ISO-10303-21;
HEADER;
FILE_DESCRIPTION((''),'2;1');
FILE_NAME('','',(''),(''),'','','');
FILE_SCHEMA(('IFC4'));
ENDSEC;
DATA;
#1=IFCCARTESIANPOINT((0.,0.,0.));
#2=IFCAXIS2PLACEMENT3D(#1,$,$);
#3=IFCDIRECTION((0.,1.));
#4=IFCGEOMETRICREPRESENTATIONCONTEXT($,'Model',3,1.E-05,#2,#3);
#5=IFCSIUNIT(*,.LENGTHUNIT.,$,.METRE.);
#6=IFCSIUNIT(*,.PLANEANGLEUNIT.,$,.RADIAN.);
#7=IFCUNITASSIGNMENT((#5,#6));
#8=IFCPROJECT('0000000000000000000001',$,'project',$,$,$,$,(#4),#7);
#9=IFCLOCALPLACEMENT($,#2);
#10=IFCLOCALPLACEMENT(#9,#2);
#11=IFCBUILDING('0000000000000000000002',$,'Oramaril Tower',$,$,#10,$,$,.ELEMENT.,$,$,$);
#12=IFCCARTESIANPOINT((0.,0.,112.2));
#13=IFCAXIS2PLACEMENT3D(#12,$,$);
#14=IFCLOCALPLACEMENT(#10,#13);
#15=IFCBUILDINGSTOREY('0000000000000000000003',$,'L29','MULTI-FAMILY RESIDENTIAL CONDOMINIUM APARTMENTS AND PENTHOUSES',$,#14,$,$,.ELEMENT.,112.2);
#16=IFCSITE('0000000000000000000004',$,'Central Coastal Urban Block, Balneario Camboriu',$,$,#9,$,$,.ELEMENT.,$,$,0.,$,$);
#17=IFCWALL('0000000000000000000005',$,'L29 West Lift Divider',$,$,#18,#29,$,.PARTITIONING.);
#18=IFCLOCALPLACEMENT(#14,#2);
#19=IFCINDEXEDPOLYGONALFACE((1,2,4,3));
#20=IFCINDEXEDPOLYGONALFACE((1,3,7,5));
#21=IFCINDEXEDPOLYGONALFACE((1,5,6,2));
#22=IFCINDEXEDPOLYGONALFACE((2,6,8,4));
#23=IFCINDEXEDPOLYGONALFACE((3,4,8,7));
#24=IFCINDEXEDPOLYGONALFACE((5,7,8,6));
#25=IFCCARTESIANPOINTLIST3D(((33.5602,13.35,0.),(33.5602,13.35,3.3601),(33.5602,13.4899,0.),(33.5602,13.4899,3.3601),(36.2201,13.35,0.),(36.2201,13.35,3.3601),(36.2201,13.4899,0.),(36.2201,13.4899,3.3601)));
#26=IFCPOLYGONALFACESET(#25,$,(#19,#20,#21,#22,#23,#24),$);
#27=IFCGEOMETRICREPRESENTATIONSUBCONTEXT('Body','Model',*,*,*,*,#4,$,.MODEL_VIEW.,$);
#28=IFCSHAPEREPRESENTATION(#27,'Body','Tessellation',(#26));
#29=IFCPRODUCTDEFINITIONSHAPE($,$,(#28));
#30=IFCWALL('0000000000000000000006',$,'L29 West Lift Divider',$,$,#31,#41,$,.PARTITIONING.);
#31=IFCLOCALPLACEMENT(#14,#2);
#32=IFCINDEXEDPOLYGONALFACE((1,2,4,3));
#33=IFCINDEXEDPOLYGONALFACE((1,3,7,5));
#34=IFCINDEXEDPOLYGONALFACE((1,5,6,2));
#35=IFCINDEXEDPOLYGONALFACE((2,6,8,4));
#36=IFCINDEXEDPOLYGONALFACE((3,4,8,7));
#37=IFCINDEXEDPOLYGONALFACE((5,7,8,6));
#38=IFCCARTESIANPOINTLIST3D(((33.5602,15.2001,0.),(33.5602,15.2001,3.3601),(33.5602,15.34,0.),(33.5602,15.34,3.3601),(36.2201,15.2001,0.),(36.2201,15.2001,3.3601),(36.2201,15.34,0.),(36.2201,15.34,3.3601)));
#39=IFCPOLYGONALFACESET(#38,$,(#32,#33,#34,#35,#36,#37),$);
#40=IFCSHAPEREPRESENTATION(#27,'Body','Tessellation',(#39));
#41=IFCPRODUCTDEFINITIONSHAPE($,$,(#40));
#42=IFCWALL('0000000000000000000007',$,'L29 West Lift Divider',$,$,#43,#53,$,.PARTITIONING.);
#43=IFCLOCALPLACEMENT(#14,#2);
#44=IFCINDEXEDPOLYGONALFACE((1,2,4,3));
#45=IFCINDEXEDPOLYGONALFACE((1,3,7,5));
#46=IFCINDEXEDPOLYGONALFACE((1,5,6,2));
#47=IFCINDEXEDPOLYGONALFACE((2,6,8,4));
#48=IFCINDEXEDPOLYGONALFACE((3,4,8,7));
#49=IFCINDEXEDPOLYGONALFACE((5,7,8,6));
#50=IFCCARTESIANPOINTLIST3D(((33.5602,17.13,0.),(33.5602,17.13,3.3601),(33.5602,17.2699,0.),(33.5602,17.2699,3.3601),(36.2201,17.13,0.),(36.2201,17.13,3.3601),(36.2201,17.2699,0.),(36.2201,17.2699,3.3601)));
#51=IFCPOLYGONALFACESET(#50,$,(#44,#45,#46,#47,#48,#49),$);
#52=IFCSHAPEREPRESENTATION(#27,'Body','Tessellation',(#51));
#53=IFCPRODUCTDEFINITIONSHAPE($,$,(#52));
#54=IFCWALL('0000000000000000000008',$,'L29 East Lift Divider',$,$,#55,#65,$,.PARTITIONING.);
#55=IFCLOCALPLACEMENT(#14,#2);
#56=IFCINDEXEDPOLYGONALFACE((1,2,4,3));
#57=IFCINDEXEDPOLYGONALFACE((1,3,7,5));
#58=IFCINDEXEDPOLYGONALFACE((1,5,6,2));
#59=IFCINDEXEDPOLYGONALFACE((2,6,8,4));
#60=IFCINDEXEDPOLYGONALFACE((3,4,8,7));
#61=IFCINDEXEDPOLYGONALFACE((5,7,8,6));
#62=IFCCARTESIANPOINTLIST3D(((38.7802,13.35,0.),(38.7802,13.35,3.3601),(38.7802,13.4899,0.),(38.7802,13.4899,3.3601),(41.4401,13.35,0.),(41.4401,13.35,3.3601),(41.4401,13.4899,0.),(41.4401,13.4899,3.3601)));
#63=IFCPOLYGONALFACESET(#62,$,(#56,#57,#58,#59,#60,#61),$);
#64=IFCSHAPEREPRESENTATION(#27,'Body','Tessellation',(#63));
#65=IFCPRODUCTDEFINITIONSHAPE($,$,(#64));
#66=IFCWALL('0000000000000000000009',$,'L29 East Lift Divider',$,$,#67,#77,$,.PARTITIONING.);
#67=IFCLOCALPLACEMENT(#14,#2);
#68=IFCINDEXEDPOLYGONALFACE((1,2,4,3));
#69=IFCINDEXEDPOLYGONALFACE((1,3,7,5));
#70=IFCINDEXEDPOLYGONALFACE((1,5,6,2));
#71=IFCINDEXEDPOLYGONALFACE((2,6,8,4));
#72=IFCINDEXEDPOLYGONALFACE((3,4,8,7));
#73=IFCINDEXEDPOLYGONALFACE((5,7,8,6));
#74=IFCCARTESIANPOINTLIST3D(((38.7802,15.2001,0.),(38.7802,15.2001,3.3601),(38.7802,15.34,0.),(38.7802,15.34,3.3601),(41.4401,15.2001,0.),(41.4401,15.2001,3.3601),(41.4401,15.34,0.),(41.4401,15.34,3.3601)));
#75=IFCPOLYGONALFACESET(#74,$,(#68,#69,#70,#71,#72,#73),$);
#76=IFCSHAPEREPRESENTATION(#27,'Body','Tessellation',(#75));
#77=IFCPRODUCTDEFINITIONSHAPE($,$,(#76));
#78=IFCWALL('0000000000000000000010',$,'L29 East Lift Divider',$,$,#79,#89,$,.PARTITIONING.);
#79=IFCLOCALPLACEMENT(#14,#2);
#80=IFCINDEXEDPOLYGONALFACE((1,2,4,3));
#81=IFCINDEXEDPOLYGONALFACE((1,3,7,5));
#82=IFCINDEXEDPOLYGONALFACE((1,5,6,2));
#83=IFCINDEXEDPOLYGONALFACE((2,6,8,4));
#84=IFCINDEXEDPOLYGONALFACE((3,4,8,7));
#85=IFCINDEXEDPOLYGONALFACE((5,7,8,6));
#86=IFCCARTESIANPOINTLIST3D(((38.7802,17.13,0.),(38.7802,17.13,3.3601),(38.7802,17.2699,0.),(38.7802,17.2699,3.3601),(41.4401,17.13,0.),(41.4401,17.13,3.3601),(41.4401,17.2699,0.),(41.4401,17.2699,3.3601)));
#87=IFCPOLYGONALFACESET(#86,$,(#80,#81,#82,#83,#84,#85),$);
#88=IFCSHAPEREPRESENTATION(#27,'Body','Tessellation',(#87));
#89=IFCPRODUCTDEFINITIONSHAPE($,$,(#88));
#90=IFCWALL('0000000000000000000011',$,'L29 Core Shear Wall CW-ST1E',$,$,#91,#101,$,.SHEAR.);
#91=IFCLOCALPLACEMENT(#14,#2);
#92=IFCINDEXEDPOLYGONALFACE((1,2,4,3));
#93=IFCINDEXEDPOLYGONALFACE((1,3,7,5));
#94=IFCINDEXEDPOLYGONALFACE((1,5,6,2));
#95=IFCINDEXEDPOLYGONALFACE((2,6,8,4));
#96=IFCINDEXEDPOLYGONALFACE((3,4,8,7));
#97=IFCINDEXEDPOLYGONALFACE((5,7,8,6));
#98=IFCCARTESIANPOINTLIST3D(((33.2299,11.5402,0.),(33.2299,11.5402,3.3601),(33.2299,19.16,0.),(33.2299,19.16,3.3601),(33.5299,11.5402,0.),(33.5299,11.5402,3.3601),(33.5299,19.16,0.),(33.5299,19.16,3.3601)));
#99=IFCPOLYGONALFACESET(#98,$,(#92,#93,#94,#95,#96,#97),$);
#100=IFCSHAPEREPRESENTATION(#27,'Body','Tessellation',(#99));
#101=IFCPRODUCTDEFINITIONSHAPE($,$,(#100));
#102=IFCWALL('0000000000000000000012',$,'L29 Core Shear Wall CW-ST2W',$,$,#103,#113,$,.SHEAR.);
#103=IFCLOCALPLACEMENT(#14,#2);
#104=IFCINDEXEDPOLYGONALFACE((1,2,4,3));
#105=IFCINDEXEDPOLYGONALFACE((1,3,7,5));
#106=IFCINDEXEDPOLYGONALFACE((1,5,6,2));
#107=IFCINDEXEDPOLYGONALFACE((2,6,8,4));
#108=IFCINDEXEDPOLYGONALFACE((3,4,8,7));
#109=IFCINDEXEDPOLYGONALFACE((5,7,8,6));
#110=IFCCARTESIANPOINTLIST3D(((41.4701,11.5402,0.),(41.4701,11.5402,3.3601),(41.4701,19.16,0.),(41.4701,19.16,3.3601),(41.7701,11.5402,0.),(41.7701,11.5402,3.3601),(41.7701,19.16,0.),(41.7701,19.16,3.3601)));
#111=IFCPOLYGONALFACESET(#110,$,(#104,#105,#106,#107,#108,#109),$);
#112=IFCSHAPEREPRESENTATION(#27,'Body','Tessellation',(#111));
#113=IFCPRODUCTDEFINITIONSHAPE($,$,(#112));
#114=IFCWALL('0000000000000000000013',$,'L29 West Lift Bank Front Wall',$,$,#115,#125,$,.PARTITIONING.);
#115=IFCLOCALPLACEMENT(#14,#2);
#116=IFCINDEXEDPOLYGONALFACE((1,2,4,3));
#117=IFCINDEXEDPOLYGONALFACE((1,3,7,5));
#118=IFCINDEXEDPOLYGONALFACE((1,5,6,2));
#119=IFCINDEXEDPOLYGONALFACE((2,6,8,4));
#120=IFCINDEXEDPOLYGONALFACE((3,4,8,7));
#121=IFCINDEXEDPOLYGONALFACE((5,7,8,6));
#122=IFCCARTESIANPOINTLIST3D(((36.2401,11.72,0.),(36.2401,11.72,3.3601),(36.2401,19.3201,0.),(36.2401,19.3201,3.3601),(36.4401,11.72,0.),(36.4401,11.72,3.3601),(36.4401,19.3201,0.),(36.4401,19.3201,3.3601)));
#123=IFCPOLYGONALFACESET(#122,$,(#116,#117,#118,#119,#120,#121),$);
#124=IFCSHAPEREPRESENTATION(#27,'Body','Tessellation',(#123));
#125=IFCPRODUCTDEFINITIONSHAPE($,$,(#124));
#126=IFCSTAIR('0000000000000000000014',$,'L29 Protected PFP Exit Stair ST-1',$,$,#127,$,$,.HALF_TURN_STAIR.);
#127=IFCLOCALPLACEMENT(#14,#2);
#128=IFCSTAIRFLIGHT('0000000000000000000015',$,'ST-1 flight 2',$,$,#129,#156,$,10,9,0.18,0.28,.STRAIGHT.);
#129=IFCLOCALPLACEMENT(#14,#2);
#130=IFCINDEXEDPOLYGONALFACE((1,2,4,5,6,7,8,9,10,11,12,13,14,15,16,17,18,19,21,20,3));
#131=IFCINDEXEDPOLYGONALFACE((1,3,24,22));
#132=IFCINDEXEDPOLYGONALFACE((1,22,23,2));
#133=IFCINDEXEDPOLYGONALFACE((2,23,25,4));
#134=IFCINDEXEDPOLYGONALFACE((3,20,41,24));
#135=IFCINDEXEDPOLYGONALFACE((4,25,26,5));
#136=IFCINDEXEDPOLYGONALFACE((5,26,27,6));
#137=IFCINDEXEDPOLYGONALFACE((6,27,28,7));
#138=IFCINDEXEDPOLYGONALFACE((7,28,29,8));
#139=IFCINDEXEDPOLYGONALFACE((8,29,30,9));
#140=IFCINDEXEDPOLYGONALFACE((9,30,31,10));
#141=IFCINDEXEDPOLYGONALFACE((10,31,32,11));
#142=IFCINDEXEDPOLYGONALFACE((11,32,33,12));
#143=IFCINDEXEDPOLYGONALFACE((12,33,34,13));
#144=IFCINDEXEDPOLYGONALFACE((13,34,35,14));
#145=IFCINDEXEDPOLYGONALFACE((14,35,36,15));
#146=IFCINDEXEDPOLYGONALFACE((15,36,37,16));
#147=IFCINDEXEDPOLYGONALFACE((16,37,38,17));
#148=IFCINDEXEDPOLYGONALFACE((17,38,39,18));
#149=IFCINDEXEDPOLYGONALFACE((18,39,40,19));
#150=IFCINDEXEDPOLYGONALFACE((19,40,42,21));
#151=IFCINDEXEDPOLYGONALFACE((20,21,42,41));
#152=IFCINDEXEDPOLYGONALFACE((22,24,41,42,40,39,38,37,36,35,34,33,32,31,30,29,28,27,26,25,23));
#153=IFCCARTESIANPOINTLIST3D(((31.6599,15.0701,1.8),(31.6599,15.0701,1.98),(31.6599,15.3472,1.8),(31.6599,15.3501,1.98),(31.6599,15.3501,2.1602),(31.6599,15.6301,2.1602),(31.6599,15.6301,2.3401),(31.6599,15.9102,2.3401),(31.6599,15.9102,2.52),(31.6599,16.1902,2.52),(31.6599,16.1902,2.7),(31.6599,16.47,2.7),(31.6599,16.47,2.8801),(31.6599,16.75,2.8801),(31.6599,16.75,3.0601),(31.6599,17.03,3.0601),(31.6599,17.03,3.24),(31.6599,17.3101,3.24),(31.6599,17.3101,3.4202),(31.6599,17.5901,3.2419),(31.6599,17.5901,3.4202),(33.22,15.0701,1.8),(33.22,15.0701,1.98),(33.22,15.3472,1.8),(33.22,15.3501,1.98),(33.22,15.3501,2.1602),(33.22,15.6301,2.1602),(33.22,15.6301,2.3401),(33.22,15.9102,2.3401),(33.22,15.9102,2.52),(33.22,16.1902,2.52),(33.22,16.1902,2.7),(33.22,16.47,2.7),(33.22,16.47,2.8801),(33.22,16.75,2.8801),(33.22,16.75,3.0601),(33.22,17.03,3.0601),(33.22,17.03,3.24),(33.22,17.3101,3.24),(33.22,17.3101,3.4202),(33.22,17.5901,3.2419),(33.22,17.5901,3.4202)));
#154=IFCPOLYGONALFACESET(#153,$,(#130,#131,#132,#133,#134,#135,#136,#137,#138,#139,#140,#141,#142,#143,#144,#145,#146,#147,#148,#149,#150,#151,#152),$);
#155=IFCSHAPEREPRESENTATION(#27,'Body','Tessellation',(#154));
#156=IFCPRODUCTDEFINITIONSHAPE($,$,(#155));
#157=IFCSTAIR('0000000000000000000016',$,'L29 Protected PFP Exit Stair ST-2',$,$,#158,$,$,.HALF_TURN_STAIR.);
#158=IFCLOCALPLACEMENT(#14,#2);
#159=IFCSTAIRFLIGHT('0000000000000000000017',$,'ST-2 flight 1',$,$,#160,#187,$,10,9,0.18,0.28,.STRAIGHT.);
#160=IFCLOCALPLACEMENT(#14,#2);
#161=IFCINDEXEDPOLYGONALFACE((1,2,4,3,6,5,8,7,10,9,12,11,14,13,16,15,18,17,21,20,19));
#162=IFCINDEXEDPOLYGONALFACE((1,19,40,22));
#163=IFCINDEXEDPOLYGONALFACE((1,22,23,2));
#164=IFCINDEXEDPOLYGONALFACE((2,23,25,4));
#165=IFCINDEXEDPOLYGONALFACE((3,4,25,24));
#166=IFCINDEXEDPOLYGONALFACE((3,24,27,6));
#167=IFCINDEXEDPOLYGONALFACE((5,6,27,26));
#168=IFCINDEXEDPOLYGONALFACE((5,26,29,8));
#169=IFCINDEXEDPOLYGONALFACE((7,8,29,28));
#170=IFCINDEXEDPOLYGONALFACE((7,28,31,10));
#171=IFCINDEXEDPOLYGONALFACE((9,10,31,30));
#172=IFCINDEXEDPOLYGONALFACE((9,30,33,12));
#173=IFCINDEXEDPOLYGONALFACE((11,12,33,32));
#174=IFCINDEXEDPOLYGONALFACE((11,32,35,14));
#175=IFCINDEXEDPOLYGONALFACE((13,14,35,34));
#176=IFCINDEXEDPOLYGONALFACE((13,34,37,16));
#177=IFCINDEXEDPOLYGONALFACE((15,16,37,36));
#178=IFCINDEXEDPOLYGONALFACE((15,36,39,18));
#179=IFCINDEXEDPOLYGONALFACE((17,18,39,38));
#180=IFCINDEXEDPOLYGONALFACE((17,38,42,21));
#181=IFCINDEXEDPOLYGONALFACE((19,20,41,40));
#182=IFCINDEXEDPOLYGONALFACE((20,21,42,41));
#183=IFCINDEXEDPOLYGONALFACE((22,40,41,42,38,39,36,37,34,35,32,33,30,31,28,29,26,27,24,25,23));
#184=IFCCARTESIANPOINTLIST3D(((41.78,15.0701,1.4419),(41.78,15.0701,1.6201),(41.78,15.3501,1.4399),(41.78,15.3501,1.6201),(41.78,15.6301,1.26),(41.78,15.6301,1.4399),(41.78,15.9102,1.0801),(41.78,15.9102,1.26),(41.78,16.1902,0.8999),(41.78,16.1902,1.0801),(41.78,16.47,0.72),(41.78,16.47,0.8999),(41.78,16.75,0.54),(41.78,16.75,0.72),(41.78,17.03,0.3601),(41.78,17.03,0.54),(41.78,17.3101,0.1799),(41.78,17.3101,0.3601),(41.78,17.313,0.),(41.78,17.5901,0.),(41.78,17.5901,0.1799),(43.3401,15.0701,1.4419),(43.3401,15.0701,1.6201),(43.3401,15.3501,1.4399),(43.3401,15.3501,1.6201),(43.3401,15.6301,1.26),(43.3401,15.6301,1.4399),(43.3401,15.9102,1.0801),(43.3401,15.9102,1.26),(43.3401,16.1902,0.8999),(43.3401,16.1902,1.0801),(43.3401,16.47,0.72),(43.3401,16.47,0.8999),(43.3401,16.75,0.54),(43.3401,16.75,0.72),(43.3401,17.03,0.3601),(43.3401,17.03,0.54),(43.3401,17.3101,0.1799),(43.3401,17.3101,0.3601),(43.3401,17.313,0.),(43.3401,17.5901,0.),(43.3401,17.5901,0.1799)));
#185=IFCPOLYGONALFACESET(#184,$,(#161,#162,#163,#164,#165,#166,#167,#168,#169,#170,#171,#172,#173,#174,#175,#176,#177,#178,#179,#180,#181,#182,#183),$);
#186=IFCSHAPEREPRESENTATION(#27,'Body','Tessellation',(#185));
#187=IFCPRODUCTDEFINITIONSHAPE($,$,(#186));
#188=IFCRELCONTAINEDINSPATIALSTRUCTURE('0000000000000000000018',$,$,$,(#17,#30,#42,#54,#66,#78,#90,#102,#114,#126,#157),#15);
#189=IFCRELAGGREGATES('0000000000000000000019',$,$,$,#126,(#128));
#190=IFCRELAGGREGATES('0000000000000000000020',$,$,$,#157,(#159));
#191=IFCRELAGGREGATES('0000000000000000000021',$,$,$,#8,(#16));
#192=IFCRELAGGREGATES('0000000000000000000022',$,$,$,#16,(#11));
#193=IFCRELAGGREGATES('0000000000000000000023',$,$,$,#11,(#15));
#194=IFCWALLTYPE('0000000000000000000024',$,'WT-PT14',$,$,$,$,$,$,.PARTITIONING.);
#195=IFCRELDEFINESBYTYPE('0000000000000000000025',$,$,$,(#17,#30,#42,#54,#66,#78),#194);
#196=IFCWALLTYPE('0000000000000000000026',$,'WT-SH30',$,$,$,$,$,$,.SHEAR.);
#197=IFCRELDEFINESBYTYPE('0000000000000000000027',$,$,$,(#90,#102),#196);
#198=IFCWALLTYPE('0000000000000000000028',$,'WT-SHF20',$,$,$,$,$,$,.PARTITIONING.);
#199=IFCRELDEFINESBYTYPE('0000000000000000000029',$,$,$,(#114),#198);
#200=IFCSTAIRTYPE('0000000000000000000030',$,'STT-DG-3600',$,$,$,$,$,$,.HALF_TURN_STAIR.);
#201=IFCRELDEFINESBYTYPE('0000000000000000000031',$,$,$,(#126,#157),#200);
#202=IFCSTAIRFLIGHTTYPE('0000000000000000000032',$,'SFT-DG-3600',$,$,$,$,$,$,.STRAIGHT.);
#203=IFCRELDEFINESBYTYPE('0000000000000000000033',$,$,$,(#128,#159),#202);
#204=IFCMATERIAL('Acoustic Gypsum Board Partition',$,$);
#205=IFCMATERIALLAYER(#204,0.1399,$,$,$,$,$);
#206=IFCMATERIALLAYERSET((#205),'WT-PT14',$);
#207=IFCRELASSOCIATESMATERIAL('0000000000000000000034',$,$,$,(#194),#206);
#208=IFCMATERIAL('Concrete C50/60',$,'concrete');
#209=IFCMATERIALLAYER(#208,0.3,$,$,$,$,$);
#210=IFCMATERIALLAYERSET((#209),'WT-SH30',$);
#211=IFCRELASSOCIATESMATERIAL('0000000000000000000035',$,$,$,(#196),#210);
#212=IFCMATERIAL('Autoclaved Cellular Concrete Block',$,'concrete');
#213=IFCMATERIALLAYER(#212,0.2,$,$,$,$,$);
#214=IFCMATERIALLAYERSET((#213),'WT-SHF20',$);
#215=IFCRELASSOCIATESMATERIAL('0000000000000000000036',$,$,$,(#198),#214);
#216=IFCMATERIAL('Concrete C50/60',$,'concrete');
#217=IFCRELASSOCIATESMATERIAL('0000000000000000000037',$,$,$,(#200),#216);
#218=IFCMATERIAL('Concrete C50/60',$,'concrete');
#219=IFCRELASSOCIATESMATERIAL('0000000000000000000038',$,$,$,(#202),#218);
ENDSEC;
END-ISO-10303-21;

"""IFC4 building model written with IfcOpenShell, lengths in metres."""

from ifc_helpers import new_model, si_unit, direction, frame, frame_2d, origin, place, context, subcontext, project, spatial, polyline, rectangle, outline, extrude, material, layer, layer_set, type_object, element, aggregate, save


model = new_model("IFC4")

# Units and contexts
model_context = context("Model", 3, precision=1e-05, world=origin(), true_north=direction((0.0, 1.0)))
body_context = subcontext(model_context, "Body", "Model", "MODEL_VIEW")
ifc_project = project(units=[si_unit("LENGTHUNIT", "METRE"), si_unit("PLANEANGLEUNIT", "RADIAN")], contexts=[model_context])

# Site, building, storey
site_placement = place(None, origin())
site = spatial("IfcSite", under=ifc_project, at=site_placement, Name="Central Coastal Urban Block, Balneario Camboriu", CompositionType="ELEMENT", RefElevation=0.0)
building_placement = place(site_placement, origin())
building = spatial("IfcBuilding", under=site, at=building_placement, Name="Oramaril Tower", CompositionType="ELEMENT")
storey_placement = place(building_placement, frame((0.0, 0.0, 112.2)))
storey = spatial("IfcBuildingStorey", under=building, at=storey_placement, Name="L29", Description="MULTI-FAMILY RESIDENTIAL CONDOMINIUM APARTMENTS AND PENTHOUSES", CompositionType="ELEMENT", Elevation=112.2)

# Walls
ifc_material_1 = material(Name="Acoustic Gypsum Board Partition")
ifc_layer_1 = layer(ifc_material_1, 0.1399)
ifc_layer_set_1 = layer_set([ifc_layer_1], Name="WT-PT14")
wall_type_1 = type_object("IfcWallType", Name="WT-PT14", PredefinedType="PARTITIONING", material=ifc_layer_set_1)
for number, where, z_axis, x_axis, name in (
    (1, (33.5601, 13.4199, 0.0), (0.0, 0.0, 1.0), (1.0, 0.0, 0.0), "L29 West Lift Divider"),
    (2, (33.5601, 15.27, 0.0), (0.0, 0.0, 1.0), (1.0, 0.0, 0.0), "L29 West Lift Divider"),
    (3, (33.5601, 17.2, 0.0), (0.0, 0.0, 1.0), (1.0, 0.0, 0.0), "L29 West Lift Divider"),
    (4, (38.78, 13.4199, 0.0), (0.0, 0.0, 1.0), (1.0, 0.0, 0.0), "L29 East Lift Divider"),
    (5, (38.78, 15.27, 0.0), (0.0, 0.0, 1.0), (1.0, 0.0, 0.0), "L29 East Lift Divider"),
    (6, (38.78, 17.2, 0.0), (0.0, 0.0, 1.0), (1.0, 0.0, 0.0), "L29 East Lift Divider"),
):
    element("IfcWall", number, at=place(storey_placement, frame(where, z_axis=z_axis, x_axis=x_axis)), inside=storey, type_object=wall_type_1, Name=name, PredefinedType="PARTITIONING", context=body_context, shape_type="SweptSolid", body=[
        extrude(rectangle(XDim=2.6599, YDim=0.1399, at=frame_2d((1.3301, 0.0))), origin(), (0.0, 0.0, 1.0), 3.3601),
    ])
ifc_material_2 = material(Name="Concrete C50/60", Category="concrete")
ifc_layer_2 = layer(ifc_material_2, 0.3)
ifc_layer_set_2 = layer_set([ifc_layer_2], Name="WT-SH30")
wall_type_2 = type_object("IfcWallType", Name="WT-SH30", PredefinedType="SHEAR", material=ifc_layer_set_2)
for number, where, z_axis, x_axis, name in (
    (7, (33.3799, 11.54, 0.0), (0.0, 0.0, 1.0), (0.0, 1.0, 0.0), "L29 Core Shear Wall CW-ST1E"),
    (8, (41.6201, 11.54, 0.0), (0.0, 0.0, 1.0), (0.0, 1.0, 0.0), "L29 Core Shear Wall CW-ST2W"),
):
    element("IfcWall", number, at=place(storey_placement, frame(where, z_axis=z_axis, x_axis=x_axis)), inside=storey, type_object=wall_type_2, Name=name, PredefinedType="SHEAR", context=body_context, shape_type="SweptSolid", body=[
        extrude(rectangle(XDim=7.6199, YDim=0.3, at=frame_2d((3.8101, 0.0))), origin(), (0.0, 0.0, 1.0), 3.3601),
    ])
ifc_material_3 = material(Name="Autoclaved Cellular Concrete Block", Category="concrete")
ifc_layer_3 = layer(ifc_material_3, 0.2)
ifc_layer_set_3 = layer_set([ifc_layer_3], Name="WT-SHF20")
wall_type_3 = type_object("IfcWallType", Name="WT-SHF20", PredefinedType="PARTITIONING", material=ifc_layer_set_3)
wall_1_placement = place(storey_placement, frame((36.3401, 11.72, 0.0), z_axis=(0.0, 0.0, 1.0), x_axis=(0.0, 1.0, 0.0)))
element("IfcWall", 9, at=wall_1_placement, inside=storey, type_object=wall_type_3, Name="L29 West Lift Bank Front Wall", PredefinedType="PARTITIONING", context=body_context, shape_type="SweptSolid", body=[
    extrude(rectangle(XDim=7.6001, YDim=0.2, at=frame_2d((3.8, 0.0))), origin(), (0.0, 0.0, 1.0), 3.3601),
])

# Stair, stair flight
ifc_material_4 = material(Name="Concrete C50/60", Category="concrete")
stair_type = type_object("IfcStairType", Name="STT-DG-3600", PredefinedType="HALF_TURN_STAIR", material=ifc_material_4)
stair_1_placement = place(storey_placement, origin())
stair_1 = element("IfcStair", 10, at=stair_1_placement, inside=storey, type_object=stair_type, Name="L29 Protected PFP Exit Stair ST-1", PredefinedType="HALF_TURN_STAIR")
ifc_material_5 = material(Name="Concrete C50/60", Category="concrete")
stair_flight_type = type_object("IfcStairFlightType", Name="SFT-DG-3600", PredefinedType="STRAIGHT", material=ifc_material_5)
stair_flight_1_placement = place(storey_placement, frame((32.4399, 15.0701, 1.8), z_axis=(0.0, 0.0, 1.0), x_axis=(0.0, 1.0, 0.0)))
stair_flight_1 = element("IfcStairFlight", 11, at=stair_flight_1_placement, type_object=stair_flight_type, Name="ST-1 flight 2", NumberOfRisers=10, NumberOfTreads=9, PredefinedType="STRAIGHT", RiserHeight=0.18, TreadLength=0.28, context=body_context, shape_type="SweptSolid", body=[
    extrude(outline(polyline([(0.0, 0.0), (0.0, 0.1799), (0.28, 0.1799), (0.28, 0.3601), (0.5601, 0.3601), (0.5601, 0.54), (0.8401, 0.54), (0.8401, 0.72), (1.1201, 0.72), (1.1201, 0.8999), (1.3999, 0.8999), (1.3999, 1.0801), (1.6799, 1.0801), (1.6799, 1.26), (1.96, 1.26), (1.96, 1.4399), (2.24, 1.4399), (2.24, 1.6201), (2.52, 1.6201), (2.52, 1.8), (2.52, 1.4419), (0.2771, 0.0), (0.0, 0.0)])), frame((0.0, 0.78, 0.0), z_axis=(0.0, -1.0, 0.0), x_axis=(1.0, 0.0, 0.0)), (0.0, 0.0, 1.0), 1.5601),
])
aggregate(stair_1, [stair_flight_1])

# Stair, stair flight
stair_2_placement = place(storey_placement, origin())
stair_2 = element("IfcStair", 12, at=stair_2_placement, inside=storey, type_object=stair_type, Name="L29 Protected PFP Exit Stair ST-2", PredefinedType="HALF_TURN_STAIR")
stair_flight_2_placement = place(storey_placement, frame((42.5601, 17.5901, 0.0), z_axis=(0.0, 0.0, 1.0), x_axis=(0.0, -1.0, 0.0)))
stair_flight_2 = element("IfcStairFlight", 13, at=stair_flight_2_placement, type_object=stair_flight_type, Name="ST-2 flight 1", NumberOfRisers=10, NumberOfTreads=9, PredefinedType="STRAIGHT", RiserHeight=0.18, TreadLength=0.28, context=body_context, shape_type="SweptSolid", body=[
    extrude(outline(polyline([(0.0, 0.0), (0.0, 0.1799), (0.28, 0.1799), (0.28, 0.3601), (0.5601, 0.3601), (0.5601, 0.54), (0.8401, 0.54), (0.8401, 0.72), (1.1201, 0.72), (1.1201, 0.8999), (1.3999, 0.8999), (1.3999, 1.0801), (1.6799, 1.0801), (1.6799, 1.26), (1.96, 1.26), (1.96, 1.4399), (2.24, 1.4399), (2.24, 1.6201), (2.52, 1.6201), (2.52, 1.8), (2.52, 1.4419), (0.2771, 0.0), (0.0, 0.0)])), frame((0.0, 0.78, 0.0), z_axis=(0.0, -1.0, 0.0), x_axis=(1.0, 0.0, 0.0)), (0.0, 0.0, 1.0), 1.5601),
])
aggregate(stair_2, [stair_flight_2])

save(model, "model.ifc")
